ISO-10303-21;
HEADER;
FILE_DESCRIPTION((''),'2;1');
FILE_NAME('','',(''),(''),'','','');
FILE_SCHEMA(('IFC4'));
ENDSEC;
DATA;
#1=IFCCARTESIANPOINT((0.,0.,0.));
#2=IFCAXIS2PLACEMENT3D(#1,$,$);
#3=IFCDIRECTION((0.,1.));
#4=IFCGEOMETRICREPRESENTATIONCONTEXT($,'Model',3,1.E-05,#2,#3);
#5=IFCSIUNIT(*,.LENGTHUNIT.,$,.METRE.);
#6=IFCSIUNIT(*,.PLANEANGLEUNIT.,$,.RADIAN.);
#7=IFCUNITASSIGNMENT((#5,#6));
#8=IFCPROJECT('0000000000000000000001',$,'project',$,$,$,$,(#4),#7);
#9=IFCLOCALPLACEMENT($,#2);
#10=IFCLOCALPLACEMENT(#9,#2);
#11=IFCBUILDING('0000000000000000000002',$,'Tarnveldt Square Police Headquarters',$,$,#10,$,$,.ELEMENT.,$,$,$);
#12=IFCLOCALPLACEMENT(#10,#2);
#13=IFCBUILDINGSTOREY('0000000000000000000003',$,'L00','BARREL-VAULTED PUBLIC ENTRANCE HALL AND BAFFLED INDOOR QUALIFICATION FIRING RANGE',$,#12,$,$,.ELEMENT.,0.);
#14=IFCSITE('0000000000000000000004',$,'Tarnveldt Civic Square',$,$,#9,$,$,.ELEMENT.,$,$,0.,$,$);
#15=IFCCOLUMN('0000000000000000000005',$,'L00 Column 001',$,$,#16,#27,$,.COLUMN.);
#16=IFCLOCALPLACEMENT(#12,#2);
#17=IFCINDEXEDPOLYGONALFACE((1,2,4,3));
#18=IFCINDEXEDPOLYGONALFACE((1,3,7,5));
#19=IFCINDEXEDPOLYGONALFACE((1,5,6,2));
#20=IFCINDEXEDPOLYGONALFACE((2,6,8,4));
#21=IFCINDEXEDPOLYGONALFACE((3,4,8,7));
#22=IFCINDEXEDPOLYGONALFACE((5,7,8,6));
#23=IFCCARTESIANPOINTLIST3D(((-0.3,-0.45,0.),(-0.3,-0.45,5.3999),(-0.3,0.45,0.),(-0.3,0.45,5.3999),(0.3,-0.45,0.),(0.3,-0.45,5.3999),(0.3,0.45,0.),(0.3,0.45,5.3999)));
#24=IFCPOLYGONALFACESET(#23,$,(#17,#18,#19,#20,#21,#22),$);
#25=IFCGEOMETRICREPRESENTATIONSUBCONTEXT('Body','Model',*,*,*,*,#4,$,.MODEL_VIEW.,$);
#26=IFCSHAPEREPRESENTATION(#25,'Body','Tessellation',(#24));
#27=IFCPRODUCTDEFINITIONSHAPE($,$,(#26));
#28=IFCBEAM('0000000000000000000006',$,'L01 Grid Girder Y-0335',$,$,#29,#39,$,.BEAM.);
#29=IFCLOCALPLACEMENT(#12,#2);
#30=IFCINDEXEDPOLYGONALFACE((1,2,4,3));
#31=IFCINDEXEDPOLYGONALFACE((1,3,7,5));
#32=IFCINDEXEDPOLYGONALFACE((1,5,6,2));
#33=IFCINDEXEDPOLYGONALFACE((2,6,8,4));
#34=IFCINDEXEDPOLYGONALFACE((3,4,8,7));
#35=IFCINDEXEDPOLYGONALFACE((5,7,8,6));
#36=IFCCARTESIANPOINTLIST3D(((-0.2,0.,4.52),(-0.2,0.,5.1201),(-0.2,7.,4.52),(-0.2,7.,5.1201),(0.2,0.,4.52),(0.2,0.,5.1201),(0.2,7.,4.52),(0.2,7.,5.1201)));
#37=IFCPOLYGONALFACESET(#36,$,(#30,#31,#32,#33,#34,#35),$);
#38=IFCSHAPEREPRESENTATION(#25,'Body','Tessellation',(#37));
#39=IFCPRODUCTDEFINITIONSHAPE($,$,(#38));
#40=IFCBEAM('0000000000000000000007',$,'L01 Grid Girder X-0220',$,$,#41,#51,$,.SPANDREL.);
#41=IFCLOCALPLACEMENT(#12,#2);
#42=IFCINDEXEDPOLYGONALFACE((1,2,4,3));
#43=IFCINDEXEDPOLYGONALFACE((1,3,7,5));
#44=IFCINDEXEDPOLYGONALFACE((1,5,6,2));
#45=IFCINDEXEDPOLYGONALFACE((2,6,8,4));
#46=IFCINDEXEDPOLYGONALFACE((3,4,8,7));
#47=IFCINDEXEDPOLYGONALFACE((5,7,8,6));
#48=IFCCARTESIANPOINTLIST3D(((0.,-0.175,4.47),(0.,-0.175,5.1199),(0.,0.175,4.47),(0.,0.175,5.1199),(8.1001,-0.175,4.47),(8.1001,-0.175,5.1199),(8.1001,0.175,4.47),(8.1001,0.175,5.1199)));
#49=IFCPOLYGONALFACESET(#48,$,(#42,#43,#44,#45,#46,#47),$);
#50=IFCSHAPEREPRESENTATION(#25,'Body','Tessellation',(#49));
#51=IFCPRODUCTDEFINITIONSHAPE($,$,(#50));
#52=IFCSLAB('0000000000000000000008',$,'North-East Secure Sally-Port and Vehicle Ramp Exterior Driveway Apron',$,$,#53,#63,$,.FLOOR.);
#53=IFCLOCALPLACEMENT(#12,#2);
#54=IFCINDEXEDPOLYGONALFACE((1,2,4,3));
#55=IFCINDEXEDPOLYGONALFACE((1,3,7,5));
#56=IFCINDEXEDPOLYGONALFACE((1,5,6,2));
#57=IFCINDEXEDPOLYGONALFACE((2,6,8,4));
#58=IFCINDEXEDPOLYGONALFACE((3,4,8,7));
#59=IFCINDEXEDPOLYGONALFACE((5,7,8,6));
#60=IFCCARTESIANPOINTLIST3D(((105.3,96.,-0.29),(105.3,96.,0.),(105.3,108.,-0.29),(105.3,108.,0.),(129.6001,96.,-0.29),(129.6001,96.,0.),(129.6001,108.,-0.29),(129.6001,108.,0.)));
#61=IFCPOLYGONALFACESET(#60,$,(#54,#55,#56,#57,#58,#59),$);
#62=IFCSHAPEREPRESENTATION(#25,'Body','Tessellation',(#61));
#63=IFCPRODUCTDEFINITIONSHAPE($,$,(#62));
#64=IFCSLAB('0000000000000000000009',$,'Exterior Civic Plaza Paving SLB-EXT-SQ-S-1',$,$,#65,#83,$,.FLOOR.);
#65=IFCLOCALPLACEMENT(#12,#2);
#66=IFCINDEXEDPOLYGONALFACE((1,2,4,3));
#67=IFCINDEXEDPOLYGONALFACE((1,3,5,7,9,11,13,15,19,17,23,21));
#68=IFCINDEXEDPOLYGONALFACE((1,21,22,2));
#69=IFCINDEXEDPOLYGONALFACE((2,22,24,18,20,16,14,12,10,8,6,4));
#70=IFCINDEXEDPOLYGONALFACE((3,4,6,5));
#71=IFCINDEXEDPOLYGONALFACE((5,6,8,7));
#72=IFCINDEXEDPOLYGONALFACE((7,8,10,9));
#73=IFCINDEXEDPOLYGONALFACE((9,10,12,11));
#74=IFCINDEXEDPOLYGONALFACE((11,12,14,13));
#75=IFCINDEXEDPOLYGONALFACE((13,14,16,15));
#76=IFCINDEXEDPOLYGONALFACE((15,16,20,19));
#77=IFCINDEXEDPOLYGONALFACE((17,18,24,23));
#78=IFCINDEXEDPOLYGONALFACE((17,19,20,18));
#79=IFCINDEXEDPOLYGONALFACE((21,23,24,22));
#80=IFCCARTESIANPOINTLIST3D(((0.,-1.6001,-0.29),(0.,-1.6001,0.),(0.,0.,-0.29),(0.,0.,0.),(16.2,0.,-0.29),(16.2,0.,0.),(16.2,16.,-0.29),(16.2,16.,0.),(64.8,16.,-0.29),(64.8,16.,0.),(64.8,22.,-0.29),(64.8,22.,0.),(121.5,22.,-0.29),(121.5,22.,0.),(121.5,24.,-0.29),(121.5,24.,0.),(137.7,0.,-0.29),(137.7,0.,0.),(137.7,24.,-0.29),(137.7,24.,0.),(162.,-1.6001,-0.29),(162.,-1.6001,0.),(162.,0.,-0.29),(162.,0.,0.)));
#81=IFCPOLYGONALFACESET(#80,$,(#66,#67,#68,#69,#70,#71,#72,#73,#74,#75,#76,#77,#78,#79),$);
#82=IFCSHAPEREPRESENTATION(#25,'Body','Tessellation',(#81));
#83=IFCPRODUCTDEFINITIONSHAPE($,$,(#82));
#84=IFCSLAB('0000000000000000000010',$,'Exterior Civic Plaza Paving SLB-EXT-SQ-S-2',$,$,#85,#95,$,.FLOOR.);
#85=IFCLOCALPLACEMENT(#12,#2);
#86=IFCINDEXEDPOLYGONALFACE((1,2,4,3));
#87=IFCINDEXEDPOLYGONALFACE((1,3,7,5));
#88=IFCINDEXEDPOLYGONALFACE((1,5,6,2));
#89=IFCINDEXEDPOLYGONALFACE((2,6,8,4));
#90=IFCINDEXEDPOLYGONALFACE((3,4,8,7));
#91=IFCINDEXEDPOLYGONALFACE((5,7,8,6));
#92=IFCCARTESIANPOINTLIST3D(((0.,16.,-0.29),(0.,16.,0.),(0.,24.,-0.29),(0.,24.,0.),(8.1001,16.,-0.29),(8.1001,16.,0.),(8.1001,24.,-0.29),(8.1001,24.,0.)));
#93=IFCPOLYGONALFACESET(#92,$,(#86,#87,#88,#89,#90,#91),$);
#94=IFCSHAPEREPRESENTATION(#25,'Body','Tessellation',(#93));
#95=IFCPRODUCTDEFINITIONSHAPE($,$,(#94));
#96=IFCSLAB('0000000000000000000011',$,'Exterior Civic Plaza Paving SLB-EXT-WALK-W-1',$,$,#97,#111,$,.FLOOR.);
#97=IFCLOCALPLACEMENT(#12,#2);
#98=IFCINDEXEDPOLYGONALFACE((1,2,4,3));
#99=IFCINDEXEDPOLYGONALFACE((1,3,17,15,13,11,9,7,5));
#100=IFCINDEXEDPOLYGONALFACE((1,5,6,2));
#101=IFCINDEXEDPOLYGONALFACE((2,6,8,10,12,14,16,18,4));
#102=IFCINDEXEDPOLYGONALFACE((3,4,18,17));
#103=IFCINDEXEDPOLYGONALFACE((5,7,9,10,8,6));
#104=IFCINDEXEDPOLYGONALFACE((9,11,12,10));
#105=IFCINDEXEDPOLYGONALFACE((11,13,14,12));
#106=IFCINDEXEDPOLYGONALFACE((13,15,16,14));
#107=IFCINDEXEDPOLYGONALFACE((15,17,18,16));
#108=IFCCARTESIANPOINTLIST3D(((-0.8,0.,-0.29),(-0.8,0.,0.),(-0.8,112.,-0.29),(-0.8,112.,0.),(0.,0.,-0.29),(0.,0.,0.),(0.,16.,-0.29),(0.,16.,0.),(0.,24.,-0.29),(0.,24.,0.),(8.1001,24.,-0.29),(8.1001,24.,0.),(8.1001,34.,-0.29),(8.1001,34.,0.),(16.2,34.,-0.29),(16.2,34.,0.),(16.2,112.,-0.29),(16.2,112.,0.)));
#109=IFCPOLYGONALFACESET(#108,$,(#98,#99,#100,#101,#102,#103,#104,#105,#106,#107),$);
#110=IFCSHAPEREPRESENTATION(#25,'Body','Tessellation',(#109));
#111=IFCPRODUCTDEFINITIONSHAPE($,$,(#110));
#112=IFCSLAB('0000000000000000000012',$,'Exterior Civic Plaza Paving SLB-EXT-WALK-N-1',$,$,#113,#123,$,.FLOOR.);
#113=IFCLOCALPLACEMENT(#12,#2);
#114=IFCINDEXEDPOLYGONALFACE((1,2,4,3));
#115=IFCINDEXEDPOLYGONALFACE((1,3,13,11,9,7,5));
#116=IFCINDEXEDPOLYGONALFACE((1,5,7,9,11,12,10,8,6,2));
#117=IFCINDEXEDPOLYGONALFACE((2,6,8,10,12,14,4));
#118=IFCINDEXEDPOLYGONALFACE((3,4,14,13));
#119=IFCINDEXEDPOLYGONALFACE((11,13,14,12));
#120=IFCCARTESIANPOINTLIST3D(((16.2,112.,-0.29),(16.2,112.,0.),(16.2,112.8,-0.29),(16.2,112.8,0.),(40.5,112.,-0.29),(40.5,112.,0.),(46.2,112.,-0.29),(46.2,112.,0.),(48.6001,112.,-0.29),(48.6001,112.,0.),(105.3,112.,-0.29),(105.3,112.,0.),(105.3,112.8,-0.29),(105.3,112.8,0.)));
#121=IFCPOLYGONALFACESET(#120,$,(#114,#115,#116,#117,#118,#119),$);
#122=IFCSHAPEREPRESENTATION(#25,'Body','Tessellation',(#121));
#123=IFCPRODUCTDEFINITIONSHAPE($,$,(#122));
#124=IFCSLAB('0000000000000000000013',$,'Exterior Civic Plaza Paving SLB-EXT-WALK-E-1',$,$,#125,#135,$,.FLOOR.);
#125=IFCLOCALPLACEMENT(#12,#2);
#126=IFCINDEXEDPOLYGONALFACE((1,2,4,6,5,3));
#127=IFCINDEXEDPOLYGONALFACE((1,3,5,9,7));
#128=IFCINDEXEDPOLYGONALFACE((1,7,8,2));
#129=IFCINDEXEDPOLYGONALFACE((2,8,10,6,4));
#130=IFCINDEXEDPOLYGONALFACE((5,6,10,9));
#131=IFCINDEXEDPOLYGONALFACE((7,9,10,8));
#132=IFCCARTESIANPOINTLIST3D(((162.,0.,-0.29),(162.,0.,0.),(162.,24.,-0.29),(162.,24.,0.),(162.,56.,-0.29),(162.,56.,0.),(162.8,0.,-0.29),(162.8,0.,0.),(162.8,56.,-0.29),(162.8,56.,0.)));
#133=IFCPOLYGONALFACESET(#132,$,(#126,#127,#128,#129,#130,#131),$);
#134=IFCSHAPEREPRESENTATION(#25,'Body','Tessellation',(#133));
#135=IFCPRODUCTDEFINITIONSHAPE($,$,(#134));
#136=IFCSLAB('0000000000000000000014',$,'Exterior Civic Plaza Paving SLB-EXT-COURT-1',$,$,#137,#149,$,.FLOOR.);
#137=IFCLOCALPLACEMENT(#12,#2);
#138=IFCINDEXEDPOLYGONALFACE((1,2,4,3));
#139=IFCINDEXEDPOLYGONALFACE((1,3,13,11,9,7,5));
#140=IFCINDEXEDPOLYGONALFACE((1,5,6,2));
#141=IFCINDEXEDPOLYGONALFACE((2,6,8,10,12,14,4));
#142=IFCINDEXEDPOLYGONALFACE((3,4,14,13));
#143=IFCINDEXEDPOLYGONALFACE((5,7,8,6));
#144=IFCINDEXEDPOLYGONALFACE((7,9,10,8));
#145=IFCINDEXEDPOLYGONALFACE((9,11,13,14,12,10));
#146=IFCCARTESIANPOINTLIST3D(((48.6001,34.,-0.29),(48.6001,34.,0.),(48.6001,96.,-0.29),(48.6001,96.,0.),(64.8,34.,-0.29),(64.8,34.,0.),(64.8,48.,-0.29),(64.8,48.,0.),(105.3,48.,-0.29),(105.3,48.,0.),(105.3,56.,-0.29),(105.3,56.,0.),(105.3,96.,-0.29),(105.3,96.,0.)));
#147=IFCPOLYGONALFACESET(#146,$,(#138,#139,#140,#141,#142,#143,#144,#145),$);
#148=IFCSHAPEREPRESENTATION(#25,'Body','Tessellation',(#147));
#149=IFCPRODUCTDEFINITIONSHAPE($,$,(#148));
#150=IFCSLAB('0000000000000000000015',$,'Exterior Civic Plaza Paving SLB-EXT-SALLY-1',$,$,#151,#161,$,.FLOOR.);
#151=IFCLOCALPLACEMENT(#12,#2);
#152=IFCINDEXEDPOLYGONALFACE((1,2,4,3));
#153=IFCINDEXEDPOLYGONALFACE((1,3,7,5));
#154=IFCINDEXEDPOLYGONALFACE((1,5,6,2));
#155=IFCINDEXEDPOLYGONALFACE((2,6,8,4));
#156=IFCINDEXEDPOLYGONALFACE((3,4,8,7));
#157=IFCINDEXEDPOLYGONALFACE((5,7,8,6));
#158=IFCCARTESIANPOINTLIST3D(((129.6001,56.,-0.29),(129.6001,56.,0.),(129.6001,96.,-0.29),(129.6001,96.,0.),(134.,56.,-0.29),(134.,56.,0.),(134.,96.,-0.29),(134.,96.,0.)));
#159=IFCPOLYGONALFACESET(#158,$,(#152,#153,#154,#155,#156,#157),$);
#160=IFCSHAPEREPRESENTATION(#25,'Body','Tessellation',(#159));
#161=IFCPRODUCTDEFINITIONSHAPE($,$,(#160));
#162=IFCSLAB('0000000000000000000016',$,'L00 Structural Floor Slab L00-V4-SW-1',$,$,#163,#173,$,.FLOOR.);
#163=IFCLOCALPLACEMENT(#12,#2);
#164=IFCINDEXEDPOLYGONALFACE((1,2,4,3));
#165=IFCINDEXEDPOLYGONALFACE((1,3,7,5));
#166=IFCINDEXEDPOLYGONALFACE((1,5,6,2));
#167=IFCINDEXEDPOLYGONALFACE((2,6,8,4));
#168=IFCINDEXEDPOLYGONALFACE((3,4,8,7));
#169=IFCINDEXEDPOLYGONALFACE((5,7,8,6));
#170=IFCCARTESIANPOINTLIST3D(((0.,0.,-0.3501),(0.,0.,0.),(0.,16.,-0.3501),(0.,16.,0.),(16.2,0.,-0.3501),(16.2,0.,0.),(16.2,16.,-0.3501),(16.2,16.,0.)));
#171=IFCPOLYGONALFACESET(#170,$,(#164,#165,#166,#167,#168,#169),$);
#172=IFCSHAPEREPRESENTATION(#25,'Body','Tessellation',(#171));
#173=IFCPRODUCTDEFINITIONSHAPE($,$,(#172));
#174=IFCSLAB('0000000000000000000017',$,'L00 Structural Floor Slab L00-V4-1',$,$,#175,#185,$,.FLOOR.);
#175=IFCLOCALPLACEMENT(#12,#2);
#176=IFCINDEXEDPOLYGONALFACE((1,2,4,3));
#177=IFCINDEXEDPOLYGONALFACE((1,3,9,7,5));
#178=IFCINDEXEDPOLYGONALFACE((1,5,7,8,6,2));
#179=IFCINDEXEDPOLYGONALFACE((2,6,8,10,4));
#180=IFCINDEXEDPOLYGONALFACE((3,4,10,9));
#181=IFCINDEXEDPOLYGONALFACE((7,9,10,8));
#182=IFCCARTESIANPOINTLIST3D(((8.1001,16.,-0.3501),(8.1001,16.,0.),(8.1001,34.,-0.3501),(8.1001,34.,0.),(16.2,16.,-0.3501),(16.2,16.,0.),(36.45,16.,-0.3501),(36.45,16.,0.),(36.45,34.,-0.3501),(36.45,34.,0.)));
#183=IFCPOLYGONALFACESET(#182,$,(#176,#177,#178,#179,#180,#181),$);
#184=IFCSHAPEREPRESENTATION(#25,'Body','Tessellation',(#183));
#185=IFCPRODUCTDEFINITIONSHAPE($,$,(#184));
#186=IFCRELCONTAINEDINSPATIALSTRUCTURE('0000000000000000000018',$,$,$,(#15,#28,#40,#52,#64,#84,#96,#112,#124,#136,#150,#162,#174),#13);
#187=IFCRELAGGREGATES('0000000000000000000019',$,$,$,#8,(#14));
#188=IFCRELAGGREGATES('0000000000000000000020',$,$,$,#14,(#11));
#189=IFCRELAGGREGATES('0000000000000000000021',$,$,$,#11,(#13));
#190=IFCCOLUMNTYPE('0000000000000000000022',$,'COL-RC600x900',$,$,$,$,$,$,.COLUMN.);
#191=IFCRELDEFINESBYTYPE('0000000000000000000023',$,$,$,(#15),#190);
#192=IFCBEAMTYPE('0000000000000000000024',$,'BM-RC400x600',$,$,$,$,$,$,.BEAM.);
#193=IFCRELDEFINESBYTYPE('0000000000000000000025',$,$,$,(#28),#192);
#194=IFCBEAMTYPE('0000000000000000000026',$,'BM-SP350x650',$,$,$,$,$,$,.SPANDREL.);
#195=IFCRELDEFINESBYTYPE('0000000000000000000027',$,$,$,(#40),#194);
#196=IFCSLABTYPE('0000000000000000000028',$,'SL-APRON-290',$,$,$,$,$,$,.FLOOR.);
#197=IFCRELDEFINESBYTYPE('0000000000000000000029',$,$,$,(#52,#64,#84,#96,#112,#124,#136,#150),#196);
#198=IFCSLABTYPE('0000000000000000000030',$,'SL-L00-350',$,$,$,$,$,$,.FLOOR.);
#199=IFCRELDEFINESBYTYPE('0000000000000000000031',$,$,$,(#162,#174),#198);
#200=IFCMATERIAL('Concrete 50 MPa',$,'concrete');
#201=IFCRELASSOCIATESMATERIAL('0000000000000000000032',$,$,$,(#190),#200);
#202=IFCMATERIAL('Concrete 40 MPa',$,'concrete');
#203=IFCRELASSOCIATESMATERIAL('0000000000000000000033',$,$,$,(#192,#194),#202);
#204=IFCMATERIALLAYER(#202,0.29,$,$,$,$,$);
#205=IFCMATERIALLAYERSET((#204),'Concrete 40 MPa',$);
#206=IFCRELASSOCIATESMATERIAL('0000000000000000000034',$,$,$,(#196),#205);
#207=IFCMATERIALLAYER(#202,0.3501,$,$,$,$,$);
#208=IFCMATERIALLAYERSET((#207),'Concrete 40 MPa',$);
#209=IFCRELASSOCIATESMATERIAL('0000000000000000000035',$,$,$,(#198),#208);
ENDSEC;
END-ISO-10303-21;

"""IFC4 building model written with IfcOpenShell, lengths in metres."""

from ifc_helpers import new_model, si_unit, direction, frame, origin, origin_with_axes, origin_2d, place, context, subcontext, project, spatial, polyline, rectangle, outline, extrude, material, layer, layer_set, material_profile, profile_set, type_object, element, save


model = new_model("IFC4")

# Units and contexts
model_context = context("Model", 3, precision=1e-05, world=origin(), true_north=direction((0.0, 1.0)))
body_context = subcontext(model_context, "Body", "Model", "MODEL_VIEW")
ifc_project = project(units=[si_unit("LENGTHUNIT", "METRE"), si_unit("PLANEANGLEUNIT", "RADIAN")], contexts=[model_context])

# Site, building, storey
site_placement = place(None, origin())
site = spatial("IfcSite", under=ifc_project, at=site_placement, Name="Tarnveldt Civic Square", CompositionType="ELEMENT", RefElevation=0.0)
building_placement = place(site_placement, origin())
building = spatial("IfcBuilding", under=site, at=building_placement, Name="Tarnveldt Square Police Headquarters", CompositionType="ELEMENT")
storey_placement = place(building_placement, origin())
storey = spatial("IfcBuildingStorey", under=building, at=storey_placement, Name="L00", Description="BARREL-VAULTED PUBLIC ENTRANCE HALL AND BAFFLED INDOOR QUALIFICATION FIRING RANGE", CompositionType="ELEMENT", Elevation=0.0)

# Column
ifc_material_1 = material(Name="Concrete 50 MPa", Category="concrete")
ifc_material_profile_1 = material_profile(ifc_material_1, rectangle(XDim=0.6001, YDim=0.8999, at=origin_2d()), Name="RC-C600x900")
ifc_profile_set_1 = profile_set([ifc_material_profile_1], Name="Concrete 50 MPa")
column_type = type_object("IfcColumnType", Name="COL-RC600x900", PredefinedType="COLUMN", material=ifc_profile_set_1)
column_placement = place(storey_placement, origin_with_axes())
element("IfcColumn", 1, at=column_placement, inside=storey, type_object=column_type, Name="L00 Column 001", PredefinedType="COLUMN", context=body_context, shape_type="SweptSolid", body=[
    extrude(rectangle(XDim=0.6001, YDim=0.8999, at=origin_2d()), origin(), (0.0, 0.0, 1.0), 5.3999),
])

# Beams
ifc_material_2 = material(Name="Concrete 40 MPa", Category="concrete")
ifc_material_profile_2 = material_profile(ifc_material_2, rectangle(XDim=0.3999, YDim=0.6001, at=origin_2d()), Name="RC-B400x600")
ifc_profile_set_2 = profile_set([ifc_material_profile_2], Name="Concrete 40 MPa")
beam_type_1 = type_object("IfcBeamType", Name="BM-RC400x600", PredefinedType="BEAM", material=ifc_profile_set_2)
beam_1_placement = place(storey_placement, frame((0.0, 0.0, 4.8201), z_axis=(0.0, 1.0, 0.0), x_axis=(-1.0, 0.0, 0.0)))
element("IfcBeam", 2, at=beam_1_placement, inside=storey, type_object=beam_type_1, Name="L01 Grid Girder Y-0335", PredefinedType="BEAM", context=body_context, shape_type="SweptSolid", body=[
    extrude(rectangle(XDim=0.3999, YDim=0.6001, at=origin_2d()), origin(), (0.0, 0.0, 1.0), 7.0),
])
ifc_material_profile_3 = material_profile(ifc_material_2, rectangle(XDim=0.3501, YDim=0.6499, at=origin_2d()), Name="RC-SP350x650")
ifc_profile_set_3 = profile_set([ifc_material_profile_3], Name="Concrete 40 MPa")
beam_type_2 = type_object("IfcBeamType", Name="BM-SP350x650", PredefinedType="SPANDREL", material=ifc_profile_set_3)
beam_2_placement = place(storey_placement, frame((0.0, 0.0, 4.7949), z_axis=(1.0, 0.0, 0.0), x_axis=(0.0, 1.0, 0.0)))
element("IfcBeam", 3, at=beam_2_placement, inside=storey, type_object=beam_type_2, Name="L01 Grid Girder X-0220", PredefinedType="SPANDREL", context=body_context, shape_type="SweptSolid", body=[
    extrude(rectangle(XDim=0.3501, YDim=0.6499, at=origin_2d()), origin(), (0.0, 0.0, 1.0), 8.1001),
])

# Slabs
ifc_layer_1 = layer(ifc_material_2, 0.29)
ifc_layer_set_1 = layer_set([ifc_layer_1], Name="Concrete 40 MPa")
slab_type_1 = type_object("IfcSlabType", Name="SL-APRON-290", PredefinedType="FLOOR", material=ifc_layer_set_1)
slab_1_placement = place(storey_placement, frame((0.0, 0.0, -0.29)))
element("IfcSlab", 4, at=slab_1_placement, inside=storey, type_object=slab_type_1, Name="North-East Secure Sally-Port and Vehicle Ramp Exterior Driveway Apron", PredefinedType="FLOOR", context=body_context, shape_type="SweptSolid", body=[
    extrude(outline(polyline([(129.6001, 108.0), (129.6001, 96.0), (105.3, 96.0), (105.3, 108.0), (129.6001, 108.0)])), origin(), (0.0, 0.0, 1.0), 0.29),
])
slab_2_placement = place(storey_placement, frame((0.0, 0.0, -0.29)))
element("IfcSlab", 5, at=slab_2_placement, inside=storey, type_object=slab_type_1, Name="Exterior Civic Plaza Paving SLB-EXT-SQ-S-1", PredefinedType="FLOOR", context=body_context, shape_type="SweptSolid", body=[
    extrude(outline(polyline([(162.0, -1.6001), (0.0, -1.6001), (0.0, 0.0), (16.2, 0.0), (16.2, 16.0), (64.8, 16.0), (64.8, 22.0), (121.5, 22.0), (121.5, 24.0), (137.7, 24.0), (137.7, 0.0), (162.0, 0.0), (162.0, -1.6001)])), origin(), (0.0, 0.0, 1.0), 0.29),
])
slab_3_placement = place(storey_placement, frame((0.0, 0.0, -0.29)))
element("IfcSlab", 6, at=slab_3_placement, inside=storey, type_object=slab_type_1, Name="Exterior Civic Plaza Paving SLB-EXT-SQ-S-2", PredefinedType="FLOOR", context=body_context, shape_type="SweptSolid", body=[
    extrude(outline(polyline([(0.0, 24.0), (8.1001, 24.0), (8.1001, 16.0), (0.0, 16.0), (0.0, 24.0)])), origin(), (0.0, 0.0, 1.0), 0.29),
])
slab_4_placement = place(storey_placement, frame((0.0, 0.0, -0.29)))
element("IfcSlab", 7, at=slab_4_placement, inside=storey, type_object=slab_type_1, Name="Exterior Civic Plaza Paving SLB-EXT-WALK-W-1", PredefinedType="FLOOR", context=body_context, shape_type="SweptSolid", body=[
    extrude(outline(polyline([(16.2, 34.0), (8.1001, 34.0), (8.1001, 24.0), (0.0, 24.0), (0.0, 16.0), (0.0, 0.0), (-0.8, 0.0), (-0.8, 112.0), (16.2, 112.0), (16.2, 34.0)])), origin(), (0.0, 0.0, 1.0), 0.29),
])
slab_5_placement = place(storey_placement, frame((0.0, 0.0, -0.29)))
element("IfcSlab", 8, at=slab_5_placement, inside=storey, type_object=slab_type_1, Name="Exterior Civic Plaza Paving SLB-EXT-WALK-N-1", PredefinedType="FLOOR", context=body_context, shape_type="SweptSolid", body=[
    extrude(outline(polyline([(16.2, 112.8), (105.3, 112.8), (105.3, 112.0), (48.6001, 112.0), (46.2, 112.0), (40.5, 112.0), (16.2, 112.0), (16.2, 112.8)])), origin(), (0.0, 0.0, 1.0), 0.29),
])
slab_6_placement = place(storey_placement, frame((0.0, 0.0, -0.29)))
element("IfcSlab", 9, at=slab_6_placement, inside=storey, type_object=slab_type_1, Name="Exterior Civic Plaza Paving SLB-EXT-WALK-E-1", PredefinedType="FLOOR", context=body_context, shape_type="SweptSolid", body=[
    extrude(outline(polyline([(162.8, 56.0), (162.8, 0.0), (162.0, 0.0), (162.0, 24.0), (162.0, 56.0), (162.8, 56.0)])), origin(), (0.0, 0.0, 1.0), 0.29),
])
slab_7_placement = place(storey_placement, frame((0.0, 0.0, -0.29)))
element("IfcSlab", 10, at=slab_7_placement, inside=storey, type_object=slab_type_1, Name="Exterior Civic Plaza Paving SLB-EXT-COURT-1", PredefinedType="FLOOR", context=body_context, shape_type="SweptSolid", body=[
    extrude(outline(polyline([(105.3, 48.0), (64.8, 48.0), (64.8, 34.0), (48.6001, 34.0), (48.6001, 96.0), (105.3, 96.0), (105.3, 56.0), (105.3, 48.0)])), origin(), (0.0, 0.0, 1.0), 0.29),
])
slab_8_placement = place(storey_placement, frame((0.0, 0.0, -0.29)))
element("IfcSlab", 11, at=slab_8_placement, inside=storey, type_object=slab_type_1, Name="Exterior Civic Plaza Paving SLB-EXT-SALLY-1", PredefinedType="FLOOR", context=body_context, shape_type="SweptSolid", body=[
    extrude(outline(polyline([(134.0, 96.0), (134.0, 56.0), (129.6001, 56.0), (129.6001, 96.0), (134.0, 96.0)])), origin(), (0.0, 0.0, 1.0), 0.29),
])
ifc_layer_2 = layer(ifc_material_2, 0.3501)
ifc_layer_set_2 = layer_set([ifc_layer_2], Name="Concrete 40 MPa")
slab_type_2 = type_object("IfcSlabType", Name="SL-L00-350", PredefinedType="FLOOR", material=ifc_layer_set_2)
slab_9_placement = place(storey_placement, frame((0.0, 0.0, -0.3501)))
element("IfcSlab", 12, at=slab_9_placement, inside=storey, type_object=slab_type_2, Name="L00 Structural Floor Slab L00-V4-SW-1", PredefinedType="FLOOR", context=body_context, shape_type="SweptSolid", body=[
    extrude(outline(polyline([(16.2, 16.0), (16.2, 0.0), (0.0, 0.0), (0.0, 16.0), (16.2, 16.0)])), origin(), (0.0, 0.0, 1.0), 0.3501),
])
slab_10_placement = place(storey_placement, frame((0.0, 0.0, -0.3501)))
element("IfcSlab", 13, at=slab_10_placement, inside=storey, type_object=slab_type_2, Name="L00 Structural Floor Slab L00-V4-1", PredefinedType="FLOOR", context=body_context, shape_type="SweptSolid", body=[
    extrude(outline(polyline([(16.2, 16.0), (8.1001, 16.0), (8.1001, 34.0), (36.45, 34.0), (36.45, 16.0), (16.2, 16.0)])), origin(), (0.0, 0.0, 1.0), 0.3501),
])

save(model, "model.ifc")
